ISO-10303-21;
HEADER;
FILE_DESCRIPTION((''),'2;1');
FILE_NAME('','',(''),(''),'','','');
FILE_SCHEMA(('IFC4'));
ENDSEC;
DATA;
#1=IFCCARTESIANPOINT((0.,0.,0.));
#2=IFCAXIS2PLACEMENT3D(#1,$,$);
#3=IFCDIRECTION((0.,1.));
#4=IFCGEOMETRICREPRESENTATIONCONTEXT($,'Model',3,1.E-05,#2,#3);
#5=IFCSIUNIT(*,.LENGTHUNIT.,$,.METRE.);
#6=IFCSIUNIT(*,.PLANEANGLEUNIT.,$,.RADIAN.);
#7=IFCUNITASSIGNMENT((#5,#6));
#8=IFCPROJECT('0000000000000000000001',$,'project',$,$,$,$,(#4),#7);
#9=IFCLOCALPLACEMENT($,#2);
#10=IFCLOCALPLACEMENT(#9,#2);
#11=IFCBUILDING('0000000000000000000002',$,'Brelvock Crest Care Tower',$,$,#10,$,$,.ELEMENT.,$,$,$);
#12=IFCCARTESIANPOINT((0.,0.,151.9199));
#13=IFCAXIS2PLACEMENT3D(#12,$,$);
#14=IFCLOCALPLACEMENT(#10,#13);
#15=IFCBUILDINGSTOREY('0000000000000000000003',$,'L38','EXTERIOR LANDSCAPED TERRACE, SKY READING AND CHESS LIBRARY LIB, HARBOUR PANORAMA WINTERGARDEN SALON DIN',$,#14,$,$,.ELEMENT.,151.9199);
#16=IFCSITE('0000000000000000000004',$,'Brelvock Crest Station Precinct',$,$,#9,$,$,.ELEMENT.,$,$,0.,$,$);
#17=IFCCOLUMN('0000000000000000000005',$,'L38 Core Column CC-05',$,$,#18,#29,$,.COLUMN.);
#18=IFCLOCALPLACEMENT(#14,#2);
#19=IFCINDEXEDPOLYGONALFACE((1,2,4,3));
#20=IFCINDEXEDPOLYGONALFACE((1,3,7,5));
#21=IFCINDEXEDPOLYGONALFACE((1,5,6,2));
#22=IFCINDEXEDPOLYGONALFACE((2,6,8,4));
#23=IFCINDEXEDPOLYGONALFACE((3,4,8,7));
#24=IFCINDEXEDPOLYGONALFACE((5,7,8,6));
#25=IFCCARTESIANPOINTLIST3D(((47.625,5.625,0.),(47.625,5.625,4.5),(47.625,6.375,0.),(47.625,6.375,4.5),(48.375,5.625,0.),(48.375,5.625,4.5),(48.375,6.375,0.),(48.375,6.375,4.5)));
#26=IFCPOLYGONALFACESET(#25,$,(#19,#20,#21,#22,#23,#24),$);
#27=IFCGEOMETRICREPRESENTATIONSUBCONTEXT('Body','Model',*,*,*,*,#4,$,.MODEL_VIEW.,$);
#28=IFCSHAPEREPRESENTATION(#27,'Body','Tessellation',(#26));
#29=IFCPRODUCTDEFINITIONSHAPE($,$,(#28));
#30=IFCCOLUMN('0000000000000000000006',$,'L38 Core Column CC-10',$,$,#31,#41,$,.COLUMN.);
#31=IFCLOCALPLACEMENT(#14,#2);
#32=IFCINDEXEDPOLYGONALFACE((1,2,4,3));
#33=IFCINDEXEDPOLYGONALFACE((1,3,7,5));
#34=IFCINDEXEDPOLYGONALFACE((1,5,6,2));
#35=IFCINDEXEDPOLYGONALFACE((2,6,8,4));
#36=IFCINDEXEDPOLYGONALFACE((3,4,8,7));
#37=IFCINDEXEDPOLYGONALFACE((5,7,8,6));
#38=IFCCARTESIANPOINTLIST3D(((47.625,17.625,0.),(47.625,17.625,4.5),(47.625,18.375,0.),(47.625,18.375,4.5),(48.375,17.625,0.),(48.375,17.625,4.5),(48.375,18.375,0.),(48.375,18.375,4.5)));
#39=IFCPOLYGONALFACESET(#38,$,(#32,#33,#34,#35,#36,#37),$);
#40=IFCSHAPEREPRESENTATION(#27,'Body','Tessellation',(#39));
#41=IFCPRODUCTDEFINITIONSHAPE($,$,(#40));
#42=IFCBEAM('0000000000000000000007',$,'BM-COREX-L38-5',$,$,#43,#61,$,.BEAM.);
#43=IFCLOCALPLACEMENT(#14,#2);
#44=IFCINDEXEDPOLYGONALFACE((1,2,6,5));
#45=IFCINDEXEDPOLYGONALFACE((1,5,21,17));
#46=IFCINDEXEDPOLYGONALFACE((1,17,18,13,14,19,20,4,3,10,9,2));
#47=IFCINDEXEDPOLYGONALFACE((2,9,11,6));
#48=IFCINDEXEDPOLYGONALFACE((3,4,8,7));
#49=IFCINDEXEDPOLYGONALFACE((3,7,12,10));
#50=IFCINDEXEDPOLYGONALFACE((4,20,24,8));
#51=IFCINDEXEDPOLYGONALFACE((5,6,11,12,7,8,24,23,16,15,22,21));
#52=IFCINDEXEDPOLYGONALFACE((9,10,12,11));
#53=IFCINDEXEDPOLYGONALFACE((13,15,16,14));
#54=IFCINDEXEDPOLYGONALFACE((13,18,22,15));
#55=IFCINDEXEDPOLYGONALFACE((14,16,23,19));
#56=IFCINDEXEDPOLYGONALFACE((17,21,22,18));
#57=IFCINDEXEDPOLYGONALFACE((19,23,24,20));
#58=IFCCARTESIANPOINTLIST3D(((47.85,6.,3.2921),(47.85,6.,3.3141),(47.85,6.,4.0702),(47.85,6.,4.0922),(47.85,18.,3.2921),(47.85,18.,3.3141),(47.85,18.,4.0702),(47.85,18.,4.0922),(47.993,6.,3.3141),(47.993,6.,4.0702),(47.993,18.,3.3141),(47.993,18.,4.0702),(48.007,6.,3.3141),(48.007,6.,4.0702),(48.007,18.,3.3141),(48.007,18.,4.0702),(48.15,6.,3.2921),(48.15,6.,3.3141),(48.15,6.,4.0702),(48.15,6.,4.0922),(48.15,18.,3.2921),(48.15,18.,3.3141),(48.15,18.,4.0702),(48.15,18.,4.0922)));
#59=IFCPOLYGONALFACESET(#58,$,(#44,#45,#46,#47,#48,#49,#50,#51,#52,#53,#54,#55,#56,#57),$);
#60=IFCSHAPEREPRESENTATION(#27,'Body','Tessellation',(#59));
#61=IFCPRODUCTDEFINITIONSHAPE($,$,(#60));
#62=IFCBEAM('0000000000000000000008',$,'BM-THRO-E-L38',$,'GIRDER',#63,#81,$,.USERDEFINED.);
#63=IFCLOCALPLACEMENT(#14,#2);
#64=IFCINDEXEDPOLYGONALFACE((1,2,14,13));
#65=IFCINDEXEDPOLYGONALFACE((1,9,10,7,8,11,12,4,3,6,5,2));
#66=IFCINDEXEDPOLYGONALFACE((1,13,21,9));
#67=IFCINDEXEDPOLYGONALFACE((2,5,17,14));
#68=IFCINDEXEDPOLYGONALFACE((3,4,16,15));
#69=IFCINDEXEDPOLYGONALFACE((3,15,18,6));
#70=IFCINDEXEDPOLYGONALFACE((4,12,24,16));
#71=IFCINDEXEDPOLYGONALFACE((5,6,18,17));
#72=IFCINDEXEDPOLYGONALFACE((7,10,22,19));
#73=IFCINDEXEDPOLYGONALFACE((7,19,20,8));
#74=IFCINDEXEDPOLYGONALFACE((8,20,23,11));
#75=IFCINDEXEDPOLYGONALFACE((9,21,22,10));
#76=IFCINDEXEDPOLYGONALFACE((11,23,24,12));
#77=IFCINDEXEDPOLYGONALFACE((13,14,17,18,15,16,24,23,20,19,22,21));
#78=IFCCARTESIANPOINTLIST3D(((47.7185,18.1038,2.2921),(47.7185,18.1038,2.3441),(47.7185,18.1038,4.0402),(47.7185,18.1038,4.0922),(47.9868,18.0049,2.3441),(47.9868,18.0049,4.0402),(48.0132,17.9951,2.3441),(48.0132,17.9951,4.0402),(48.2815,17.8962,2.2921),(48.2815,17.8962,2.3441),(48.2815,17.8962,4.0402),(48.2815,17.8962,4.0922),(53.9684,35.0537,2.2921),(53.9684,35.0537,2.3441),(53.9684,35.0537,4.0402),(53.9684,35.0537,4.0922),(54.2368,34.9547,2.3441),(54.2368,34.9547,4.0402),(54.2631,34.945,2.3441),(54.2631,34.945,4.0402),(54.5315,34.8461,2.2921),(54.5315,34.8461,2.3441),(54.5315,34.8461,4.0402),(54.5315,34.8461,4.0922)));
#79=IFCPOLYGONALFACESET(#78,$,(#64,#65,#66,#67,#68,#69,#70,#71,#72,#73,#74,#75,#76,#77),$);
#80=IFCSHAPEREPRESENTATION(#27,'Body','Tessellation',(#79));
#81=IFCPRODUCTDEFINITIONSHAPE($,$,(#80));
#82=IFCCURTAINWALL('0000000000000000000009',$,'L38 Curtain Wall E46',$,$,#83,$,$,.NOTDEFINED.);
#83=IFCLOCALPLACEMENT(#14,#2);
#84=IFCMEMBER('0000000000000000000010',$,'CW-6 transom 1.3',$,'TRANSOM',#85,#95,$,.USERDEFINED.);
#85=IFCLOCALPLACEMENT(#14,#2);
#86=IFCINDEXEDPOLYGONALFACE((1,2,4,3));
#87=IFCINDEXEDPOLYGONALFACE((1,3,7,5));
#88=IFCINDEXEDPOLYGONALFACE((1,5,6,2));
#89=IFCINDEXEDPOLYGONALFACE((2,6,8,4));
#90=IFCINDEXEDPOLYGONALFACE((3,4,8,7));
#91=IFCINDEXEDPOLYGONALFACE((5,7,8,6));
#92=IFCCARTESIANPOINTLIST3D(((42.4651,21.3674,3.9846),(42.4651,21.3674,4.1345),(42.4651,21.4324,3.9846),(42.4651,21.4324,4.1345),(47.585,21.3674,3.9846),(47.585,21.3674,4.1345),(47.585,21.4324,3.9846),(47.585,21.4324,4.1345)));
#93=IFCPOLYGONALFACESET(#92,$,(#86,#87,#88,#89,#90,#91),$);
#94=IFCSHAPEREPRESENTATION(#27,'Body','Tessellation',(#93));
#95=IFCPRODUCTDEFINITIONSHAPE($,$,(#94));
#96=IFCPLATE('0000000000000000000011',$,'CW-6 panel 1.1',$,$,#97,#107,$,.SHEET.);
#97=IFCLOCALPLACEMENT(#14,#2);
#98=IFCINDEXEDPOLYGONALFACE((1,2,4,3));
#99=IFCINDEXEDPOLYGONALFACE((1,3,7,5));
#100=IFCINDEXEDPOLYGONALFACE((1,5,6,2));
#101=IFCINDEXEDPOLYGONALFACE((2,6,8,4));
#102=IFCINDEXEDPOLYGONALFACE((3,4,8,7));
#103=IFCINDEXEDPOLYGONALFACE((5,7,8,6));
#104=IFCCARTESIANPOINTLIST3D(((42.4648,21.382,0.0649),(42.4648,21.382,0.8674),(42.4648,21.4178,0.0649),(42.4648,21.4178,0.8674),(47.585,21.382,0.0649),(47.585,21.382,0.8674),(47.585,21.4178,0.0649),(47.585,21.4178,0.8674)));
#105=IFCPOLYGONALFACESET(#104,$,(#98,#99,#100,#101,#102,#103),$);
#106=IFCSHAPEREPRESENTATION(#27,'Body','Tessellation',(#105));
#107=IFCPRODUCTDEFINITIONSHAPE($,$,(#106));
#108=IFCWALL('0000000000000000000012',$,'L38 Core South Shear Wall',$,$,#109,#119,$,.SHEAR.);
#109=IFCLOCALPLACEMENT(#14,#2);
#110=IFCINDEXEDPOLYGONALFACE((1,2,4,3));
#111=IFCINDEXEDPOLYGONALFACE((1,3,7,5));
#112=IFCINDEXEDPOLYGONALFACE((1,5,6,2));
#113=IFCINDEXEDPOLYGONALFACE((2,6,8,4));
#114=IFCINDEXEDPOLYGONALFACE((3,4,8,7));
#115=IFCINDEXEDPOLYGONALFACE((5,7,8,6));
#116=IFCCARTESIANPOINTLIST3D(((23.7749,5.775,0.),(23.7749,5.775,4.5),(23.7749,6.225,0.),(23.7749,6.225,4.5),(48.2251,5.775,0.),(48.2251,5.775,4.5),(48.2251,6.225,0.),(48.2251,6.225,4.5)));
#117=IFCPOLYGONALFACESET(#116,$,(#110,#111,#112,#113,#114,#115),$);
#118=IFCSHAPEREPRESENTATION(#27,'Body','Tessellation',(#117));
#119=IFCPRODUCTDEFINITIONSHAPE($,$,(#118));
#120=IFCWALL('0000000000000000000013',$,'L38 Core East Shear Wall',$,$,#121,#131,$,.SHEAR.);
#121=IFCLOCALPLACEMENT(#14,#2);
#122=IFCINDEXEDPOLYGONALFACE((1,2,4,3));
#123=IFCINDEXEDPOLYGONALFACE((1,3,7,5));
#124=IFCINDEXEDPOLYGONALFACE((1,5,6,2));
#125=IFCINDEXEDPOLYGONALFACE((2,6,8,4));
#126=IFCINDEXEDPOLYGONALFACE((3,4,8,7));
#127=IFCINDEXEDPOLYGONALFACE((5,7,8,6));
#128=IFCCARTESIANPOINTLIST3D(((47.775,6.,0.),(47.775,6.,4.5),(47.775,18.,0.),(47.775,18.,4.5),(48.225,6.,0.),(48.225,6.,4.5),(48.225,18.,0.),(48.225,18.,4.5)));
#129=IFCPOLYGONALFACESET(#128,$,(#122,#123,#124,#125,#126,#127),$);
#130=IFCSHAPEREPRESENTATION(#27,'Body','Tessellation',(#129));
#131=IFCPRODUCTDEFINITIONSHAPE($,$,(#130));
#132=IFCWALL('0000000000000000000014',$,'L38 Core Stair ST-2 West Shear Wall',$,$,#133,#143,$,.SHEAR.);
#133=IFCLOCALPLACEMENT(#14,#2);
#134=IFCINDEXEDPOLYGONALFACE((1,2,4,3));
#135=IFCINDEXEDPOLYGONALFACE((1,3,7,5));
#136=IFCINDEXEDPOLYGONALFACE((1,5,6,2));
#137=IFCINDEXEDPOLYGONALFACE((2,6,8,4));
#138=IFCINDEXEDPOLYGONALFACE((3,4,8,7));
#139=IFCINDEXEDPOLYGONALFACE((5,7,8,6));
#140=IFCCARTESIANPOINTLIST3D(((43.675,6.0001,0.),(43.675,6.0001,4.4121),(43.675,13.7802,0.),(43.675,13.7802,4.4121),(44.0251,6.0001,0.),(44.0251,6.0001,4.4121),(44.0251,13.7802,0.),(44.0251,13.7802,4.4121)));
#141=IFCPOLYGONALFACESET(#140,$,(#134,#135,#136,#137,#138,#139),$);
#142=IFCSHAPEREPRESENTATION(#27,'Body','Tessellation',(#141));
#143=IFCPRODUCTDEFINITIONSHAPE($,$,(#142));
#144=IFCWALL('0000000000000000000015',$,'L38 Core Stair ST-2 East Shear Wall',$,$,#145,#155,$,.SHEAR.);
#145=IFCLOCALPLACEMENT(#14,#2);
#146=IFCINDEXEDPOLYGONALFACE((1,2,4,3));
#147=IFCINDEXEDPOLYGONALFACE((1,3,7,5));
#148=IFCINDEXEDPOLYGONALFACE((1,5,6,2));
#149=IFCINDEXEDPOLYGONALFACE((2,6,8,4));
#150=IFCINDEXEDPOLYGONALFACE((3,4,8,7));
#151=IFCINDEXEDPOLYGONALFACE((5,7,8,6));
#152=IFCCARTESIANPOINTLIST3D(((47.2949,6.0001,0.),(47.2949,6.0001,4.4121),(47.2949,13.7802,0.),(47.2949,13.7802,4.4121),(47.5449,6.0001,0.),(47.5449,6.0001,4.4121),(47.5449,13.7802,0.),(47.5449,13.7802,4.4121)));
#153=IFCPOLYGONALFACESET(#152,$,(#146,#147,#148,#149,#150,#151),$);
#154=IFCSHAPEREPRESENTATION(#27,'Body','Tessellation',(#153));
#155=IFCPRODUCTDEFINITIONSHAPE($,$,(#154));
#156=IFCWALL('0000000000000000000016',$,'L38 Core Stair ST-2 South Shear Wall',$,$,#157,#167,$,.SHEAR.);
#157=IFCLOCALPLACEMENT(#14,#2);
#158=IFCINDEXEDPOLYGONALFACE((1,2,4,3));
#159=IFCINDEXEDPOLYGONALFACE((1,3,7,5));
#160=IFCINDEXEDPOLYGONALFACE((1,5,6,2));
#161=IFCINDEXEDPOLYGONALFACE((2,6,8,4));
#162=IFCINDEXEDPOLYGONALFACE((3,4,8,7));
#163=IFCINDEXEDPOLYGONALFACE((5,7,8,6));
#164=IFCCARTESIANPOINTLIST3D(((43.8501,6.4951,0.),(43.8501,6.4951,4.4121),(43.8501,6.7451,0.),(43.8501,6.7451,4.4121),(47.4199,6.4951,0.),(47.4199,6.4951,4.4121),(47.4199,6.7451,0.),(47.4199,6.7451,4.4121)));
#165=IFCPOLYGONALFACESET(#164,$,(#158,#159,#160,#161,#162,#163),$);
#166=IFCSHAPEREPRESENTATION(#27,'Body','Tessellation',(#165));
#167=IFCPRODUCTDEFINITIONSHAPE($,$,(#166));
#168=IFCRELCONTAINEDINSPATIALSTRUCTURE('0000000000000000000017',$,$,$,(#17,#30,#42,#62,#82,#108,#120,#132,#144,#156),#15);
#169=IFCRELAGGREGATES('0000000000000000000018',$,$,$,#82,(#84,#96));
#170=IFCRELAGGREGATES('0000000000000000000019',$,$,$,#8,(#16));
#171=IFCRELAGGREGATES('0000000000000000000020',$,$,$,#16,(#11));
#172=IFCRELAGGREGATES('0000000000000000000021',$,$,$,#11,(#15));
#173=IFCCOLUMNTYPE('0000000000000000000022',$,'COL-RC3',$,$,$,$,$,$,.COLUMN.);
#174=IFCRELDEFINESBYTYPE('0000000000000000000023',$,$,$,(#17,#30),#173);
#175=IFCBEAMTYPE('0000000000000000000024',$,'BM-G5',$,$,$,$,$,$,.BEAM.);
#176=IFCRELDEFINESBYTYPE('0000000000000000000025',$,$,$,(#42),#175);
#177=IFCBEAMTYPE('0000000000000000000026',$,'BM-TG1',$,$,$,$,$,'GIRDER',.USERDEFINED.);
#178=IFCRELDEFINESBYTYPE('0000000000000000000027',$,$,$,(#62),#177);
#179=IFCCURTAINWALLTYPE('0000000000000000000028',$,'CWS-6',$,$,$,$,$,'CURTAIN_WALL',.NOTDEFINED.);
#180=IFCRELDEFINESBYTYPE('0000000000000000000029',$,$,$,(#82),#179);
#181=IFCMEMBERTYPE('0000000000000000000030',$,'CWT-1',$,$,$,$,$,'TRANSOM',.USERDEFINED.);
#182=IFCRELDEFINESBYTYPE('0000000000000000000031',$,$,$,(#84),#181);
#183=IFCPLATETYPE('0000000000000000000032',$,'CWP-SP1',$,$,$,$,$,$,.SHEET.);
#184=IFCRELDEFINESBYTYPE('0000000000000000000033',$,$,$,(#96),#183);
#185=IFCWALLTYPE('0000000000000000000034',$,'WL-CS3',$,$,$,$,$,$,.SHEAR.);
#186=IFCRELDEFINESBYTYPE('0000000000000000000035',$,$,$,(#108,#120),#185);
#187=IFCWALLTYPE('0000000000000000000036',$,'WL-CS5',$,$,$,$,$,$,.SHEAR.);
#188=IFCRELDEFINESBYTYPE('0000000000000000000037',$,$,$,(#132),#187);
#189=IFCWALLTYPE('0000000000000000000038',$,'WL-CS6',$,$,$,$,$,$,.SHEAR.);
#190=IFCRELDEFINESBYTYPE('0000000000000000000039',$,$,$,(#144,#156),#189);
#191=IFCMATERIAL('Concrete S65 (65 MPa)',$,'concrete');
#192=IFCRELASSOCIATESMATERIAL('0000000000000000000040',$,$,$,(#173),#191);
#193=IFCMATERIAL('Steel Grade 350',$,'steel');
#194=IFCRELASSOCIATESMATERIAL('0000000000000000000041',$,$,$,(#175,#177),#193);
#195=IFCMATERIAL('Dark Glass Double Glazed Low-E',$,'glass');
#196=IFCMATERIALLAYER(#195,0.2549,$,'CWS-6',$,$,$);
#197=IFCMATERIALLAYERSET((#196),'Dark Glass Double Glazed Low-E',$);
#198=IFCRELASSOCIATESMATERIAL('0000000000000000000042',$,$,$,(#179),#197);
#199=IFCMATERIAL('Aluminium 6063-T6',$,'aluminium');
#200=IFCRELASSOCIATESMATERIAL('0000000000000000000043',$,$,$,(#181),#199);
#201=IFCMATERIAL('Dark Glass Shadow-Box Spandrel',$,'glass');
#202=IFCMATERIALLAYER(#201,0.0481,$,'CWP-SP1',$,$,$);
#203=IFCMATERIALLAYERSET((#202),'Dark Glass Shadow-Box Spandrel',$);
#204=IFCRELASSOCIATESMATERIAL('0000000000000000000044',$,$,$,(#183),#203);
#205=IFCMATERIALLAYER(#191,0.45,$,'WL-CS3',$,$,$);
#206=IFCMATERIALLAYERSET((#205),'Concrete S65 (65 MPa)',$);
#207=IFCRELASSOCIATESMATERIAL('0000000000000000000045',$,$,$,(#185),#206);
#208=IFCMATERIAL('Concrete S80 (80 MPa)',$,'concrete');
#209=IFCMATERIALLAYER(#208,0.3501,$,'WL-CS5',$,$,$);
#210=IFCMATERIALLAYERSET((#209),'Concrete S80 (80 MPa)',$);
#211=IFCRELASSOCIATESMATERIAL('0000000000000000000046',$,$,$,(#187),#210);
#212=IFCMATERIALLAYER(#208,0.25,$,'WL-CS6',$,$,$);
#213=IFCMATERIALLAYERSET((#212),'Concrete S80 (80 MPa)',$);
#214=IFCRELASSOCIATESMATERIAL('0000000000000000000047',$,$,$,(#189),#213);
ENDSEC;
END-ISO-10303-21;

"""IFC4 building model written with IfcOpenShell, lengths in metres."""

from ifc_helpers import new_model, si_unit, direction, frame, frame_2d, origin, origin_2d, place, context, subcontext, project, spatial, rectangle, i_section, extrude, source, transform, mapped, material, layer, layer_set, material_profile, profile_set, type_object, element, aggregate, save


model = new_model("IFC4")

# Units and contexts
model_context = context("Model", 3, precision=1e-05, world=origin(), true_north=direction((0.0, 1.0)))
body_context = subcontext(model_context, "Body", "Model", "MODEL_VIEW")
ifc_project = project(units=[si_unit("LENGTHUNIT", "METRE"), si_unit("PLANEANGLEUNIT", "RADIAN")], contexts=[model_context])

# Site, building, storey
site_placement = place(None, origin())
site = spatial("IfcSite", under=ifc_project, at=site_placement, Name="Brelvock Crest Station Precinct", CompositionType="ELEMENT", RefElevation=0.0)
building_placement = place(site_placement, origin())
building = spatial("IfcBuilding", under=site, at=building_placement, Name="Brelvock Crest Care Tower", CompositionType="ELEMENT")
storey_placement = place(building_placement, frame((0.0, 0.0, 151.9199)))
storey = spatial("IfcBuildingStorey", under=building, at=storey_placement, Name="L38", Description="EXTERIOR LANDSCAPED TERRACE, SKY READING AND CHESS LIBRARY LIB, HARBOUR PANORAMA WINTERGARDEN SALON DIN", CompositionType="ELEMENT", Elevation=151.9199)

# Columns
ifc_material_1 = material(Name="Concrete S65 (65 MPa)", Category="concrete")
ifc_material_profile_1 = material_profile(ifc_material_1, rectangle(XDim=0.75, YDim=0.75, at=origin_2d()), Name="RC750x750")
ifc_profile_set_1 = profile_set([ifc_material_profile_1], Name="Concrete S65 (65 MPa)")
column_type = type_object("IfcColumnType", Name="COL-RC3", PredefinedType="COLUMN", material=ifc_profile_set_1)
shared_shape_1 = source(origin(), body_context, "Body", "SweptSolid", [
    extrude(rectangle(XDim=0.75, YDim=0.75, at=origin_2d()), origin(), (0.0, 0.0, 1.0), 4.5),
])
for number, where, z_axis, x_axis, name in (
    (1, (48.0, 6.0, 0.0), (0.0, 0.0, 1.0), (1.0, 0.0, 0.0), "L38 Core Column CC-05"),
    (2, (48.0, 18.0, 0.0), (0.0, 0.0, 1.0), (1.0, 0.0, 0.0), "L38 Core Column CC-10"),
):
    element("IfcColumn", number, at=place(storey_placement, frame(where, z_axis=z_axis, x_axis=x_axis)), inside=storey, type_object=column_type, Name=name, PredefinedType="COLUMN", context=body_context, shape_type="MappedRepresentation", body=[
        mapped(shared_shape_1, transform((0.0, 0.0, 0.0), x_axis=(1.0, 0.0, 0.0), y_axis=(0.0, 1.0, 0.0), z_axis=(0.0, 0.0, 1.0), scale=1.0)),
    ])

# Beams
ifc_material_2 = material(Name="Steel Grade 350", Category="steel")
ifc_material_profile_2 = material_profile(ifc_material_2, i_section(OverallWidth=0.3, OverallDepth=0.8, WebThickness=0.0139, FlangeThickness=0.022, at=origin_2d()), Name="800WB192")
ifc_profile_set_2 = profile_set([ifc_material_profile_2], Name="Steel Grade 350")
beam_type_1 = type_object("IfcBeamType", Name="BM-G5", PredefinedType="BEAM", material=ifc_profile_set_2)
shared_shape_2 = source(origin(), body_context, "Body", "SweptSolid", [
    extrude(i_section(OverallWidth=0.3, OverallDepth=0.8, WebThickness=0.0139, FlangeThickness=0.022, at=origin_2d()), origin(), (0.0, 0.0, 1.0), 12.0),
])
beam_1_placement = place(storey_placement, frame((48.0, 6.0, 3.6921), z_axis=(0.0, 1.0, 0.0), x_axis=(-1.0, 0.0, 0.0)))
element("IfcBeam", 3, at=beam_1_placement, inside=storey, type_object=beam_type_1, Name="BM-COREX-L38-5", PredefinedType="BEAM", context=body_context, shape_type="MappedRepresentation", body=[
    mapped(shared_shape_2, transform((0.0, 0.0, 0.0), x_axis=(1.0, 0.0, 0.0), y_axis=(0.0, 1.0, 0.0), z_axis=(0.0, 0.0, 1.0), scale=1.0)),
])
ifc_material_profile_3 = material_profile(ifc_material_2, i_section(OverallWidth=0.6001, OverallDepth=1.8, WebThickness=0.0281, FlangeThickness=0.052, at=origin_2d()), Name="1800TG740")
ifc_profile_set_3 = profile_set([ifc_material_profile_3], Name="Steel Grade 350")
beam_type_2 = type_object("IfcBeamType", Name="BM-TG1", ElementType="GIRDER", PredefinedType="USERDEFINED", material=ifc_profile_set_3)
shared_shape_3 = source(origin(), body_context, "Body", "SweptSolid", [
    extrude(i_section(OverallWidth=0.6001, OverallDepth=1.8, WebThickness=0.0281, FlangeThickness=0.052, at=origin_2d()), origin(), (0.0, 0.0, 1.0), 18.0654),
])
beam_2_placement = place(storey_placement, frame((48.0, 18.0, 3.1921), z_axis=(0.345963, 0.938248, 0.0), x_axis=(-0.938248, 0.345963, 0.0)))
element("IfcBeam", 4, at=beam_2_placement, inside=storey, type_object=beam_type_2, Name="BM-THRO-E-L38", ObjectType="GIRDER", PredefinedType="USERDEFINED", context=body_context, shape_type="MappedRepresentation", body=[
    mapped(shared_shape_3, transform((0.0, 0.0, 0.0), x_axis=(1.0, 0.0, 0.0), y_axis=(0.0, 1.0, 0.0), z_axis=(0.0, 0.0, 1.0), scale=1.0)),
])

# Curtain wall, member, plate
ifc_material_3 = material(Name="Dark Glass Double Glazed Low-E", Category="glass")
ifc_layer_1 = layer(ifc_material_3, 0.2549, Name="CWS-6")
ifc_layer_set_1 = layer_set([ifc_layer_1], Name="Dark Glass Double Glazed Low-E")
curtain_wall_type = type_object("IfcCurtainWallType", Name="CWS-6", ElementType="CURTAIN_WALL", PredefinedType="NOTDEFINED", material=ifc_layer_set_1)
curtain_wall_placement = place(storey_placement, origin())
curtain_wall = element("IfcCurtainWall", 5, at=curtain_wall_placement, inside=storey, type_object=curtain_wall_type, Name="L38 Curtain Wall E46", PredefinedType="NOTDEFINED")
ifc_material_4 = material(Name="Aluminium 6063-T6", Category="aluminium")
ifc_material_profile_4 = material_profile(ifc_material_4, rectangle(XDim=0.0649, YDim=0.1499, at=origin_2d()), Name="ALU65x150")
ifc_profile_set_4 = profile_set([ifc_material_profile_4], Name="Aluminium 6063-T6")
member_type = type_object("IfcMemberType", Name="CWT-1", ElementType="TRANSOM", PredefinedType="USERDEFINED", material=ifc_profile_set_4)
shared_shape_4 = source(origin(), body_context, "Body", "SweptSolid", [
    extrude(rectangle(XDim=0.0649, YDim=0.1499, at=origin_2d()), origin(), (0.0, 0.0, 1.0), 5.1199),
])
member_placement = place(storey_placement, frame((42.4651, 21.3999, 4.0596), z_axis=(1.0, 0.0, 0.0), x_axis=(0.0, 1.0, 0.0)))
member = element("IfcMember", 6, at=member_placement, type_object=member_type, Name="CW-6 transom 1.3", ObjectType="TRANSOM", PredefinedType="USERDEFINED", context=body_context, shape_type="MappedRepresentation", body=[
    mapped(shared_shape_4, transform((0.0, 0.0, 0.0), x_axis=(1.0, 0.0, 0.0), y_axis=(0.0, 1.0, 0.0), z_axis=(0.0, 0.0, 1.0), scale=1.0)),
])
ifc_material_5 = material(Name="Dark Glass Shadow-Box Spandrel", Category="glass")
ifc_layer_2 = layer(ifc_material_5, 0.0481, Name="CWP-SP1")
ifc_layer_set_2 = layer_set([ifc_layer_2], Name="Dark Glass Shadow-Box Spandrel")
plate_type = type_object("IfcPlateType", Name="CWP-SP1", PredefinedType="SHEET", material=ifc_layer_set_2)
shared_shape_5 = source(origin(), body_context, "Body", "SweptSolid", [
    extrude(rectangle(XDim=5.1201, YDim=0.0359, at=origin_2d()), origin(), (0.0, 0.0, 1.0), 0.8025),
])
plate_placement = place(storey_placement, frame((45.0249, 21.3999, 0.0649), z_axis=(0.0, 0.0, 1.0), x_axis=(1.0, 0.0, 0.0)))
plate = element("IfcPlate", 7, at=plate_placement, type_object=plate_type, Name="CW-6 panel 1.1", PredefinedType="SHEET", context=body_context, shape_type="MappedRepresentation", body=[
    mapped(shared_shape_5, transform((0.0, 0.0, 0.0), x_axis=(1.0, 0.0, 0.0), y_axis=(0.0, 1.0, 0.0), z_axis=(0.0, 0.0, 1.0), scale=1.0)),
])
aggregate(curtain_wall, [member, plate])

# Walls
ifc_layer_3 = layer(ifc_material_1, 0.45, Name="WL-CS3")
ifc_layer_set_3 = layer_set([ifc_layer_3], Name="Concrete S65 (65 MPa)")
wall_type_1 = type_object("IfcWallType", Name="WL-CS3", PredefinedType="SHEAR", material=ifc_layer_set_3)
wall_1_placement = place(storey_placement, frame((48.2251, 6.0, 0.0), z_axis=(0.0, 0.0, 1.0), x_axis=(-1.0, 0.0, 0.0)))
element("IfcWall", 8, at=wall_1_placement, inside=storey, type_object=wall_type_1, Name="L38 Core South Shear Wall", PredefinedType="SHEAR", context=body_context, shape_type="SweptSolid", body=[
    extrude(rectangle(XDim=24.4502, YDim=0.45, at=frame_2d((12.2251, 0.0))), origin(), (0.0, 0.0, 1.0), 4.5),
])
wall_2_placement = place(storey_placement, frame((48.0, 18.0, 0.0), z_axis=(0.0, 0.0, 1.0), x_axis=(0.0, -1.0, 0.0)))
element("IfcWall", 9, at=wall_2_placement, inside=storey, type_object=wall_type_1, Name="L38 Core East Shear Wall", PredefinedType="SHEAR", context=body_context, shape_type="SweptSolid", body=[
    extrude(rectangle(XDim=12.0, YDim=0.45, at=frame_2d((6.0, 0.0))), origin(), (0.0, 0.0, 1.0), 4.5),
])
ifc_material_6 = material(Name="Concrete S80 (80 MPa)", Category="concrete")
ifc_layer_4 = layer(ifc_material_6, 0.3501, Name="WL-CS5")
ifc_layer_set_4 = layer_set([ifc_layer_4], Name="Concrete S80 (80 MPa)")
wall_type_2 = type_object("IfcWallType", Name="WL-CS5", PredefinedType="SHEAR", material=ifc_layer_set_4)
wall_3_placement = place(storey_placement, frame((43.8501, 6.0, 0.0), z_axis=(0.0, 0.0, 1.0), x_axis=(0.0, 1.0, 0.0)))
element("IfcWall", 10, at=wall_3_placement, inside=storey, type_object=wall_type_2, Name="L38 Core Stair ST-2 West Shear Wall", PredefinedType="SHEAR", context=body_context, shape_type="SweptSolid", body=[
    extrude(rectangle(XDim=7.78, YDim=0.3501, at=frame_2d((3.8901, 0.0))), origin(), (0.0, 0.0, 1.0), 4.4121),
])
ifc_layer_5 = layer(ifc_material_6, 0.25, Name="WL-CS6")
ifc_layer_set_5 = layer_set([ifc_layer_5], Name="Concrete S80 (80 MPa)")
wall_type_3 = type_object("IfcWallType", Name="WL-CS6", PredefinedType="SHEAR", material=ifc_layer_set_5)
wall_4_placement = place(storey_placement, frame((47.4199, 6.0, 0.0), z_axis=(0.0, 0.0, 1.0), x_axis=(0.0, 1.0, 0.0)))
element("IfcWall", 11, at=wall_4_placement, inside=storey, type_object=wall_type_3, Name="L38 Core Stair ST-2 East Shear Wall", PredefinedType="SHEAR", context=body_context, shape_type="SweptSolid", body=[
    extrude(rectangle(XDim=7.78, YDim=0.25, at=frame_2d((3.8901, 0.0))), origin(), (0.0, 0.0, 1.0), 4.4121),
])
wall_5_placement = place(storey_placement, frame((43.8501, 6.6201, 0.0), z_axis=(0.0, 0.0, 1.0), x_axis=(1.0, 0.0, 0.0)))
element("IfcWall", 12, at=wall_5_placement, inside=storey, type_object=wall_type_3, Name="L38 Core Stair ST-2 South Shear Wall", PredefinedType="SHEAR", context=body_context, shape_type="SweptSolid", body=[
    extrude(rectangle(XDim=3.5698, YDim=0.25, at=frame_2d((1.7849, 0.0))), origin(), (0.0, 0.0, 1.0), 4.4121),
])

save(model, "model.ifc")
